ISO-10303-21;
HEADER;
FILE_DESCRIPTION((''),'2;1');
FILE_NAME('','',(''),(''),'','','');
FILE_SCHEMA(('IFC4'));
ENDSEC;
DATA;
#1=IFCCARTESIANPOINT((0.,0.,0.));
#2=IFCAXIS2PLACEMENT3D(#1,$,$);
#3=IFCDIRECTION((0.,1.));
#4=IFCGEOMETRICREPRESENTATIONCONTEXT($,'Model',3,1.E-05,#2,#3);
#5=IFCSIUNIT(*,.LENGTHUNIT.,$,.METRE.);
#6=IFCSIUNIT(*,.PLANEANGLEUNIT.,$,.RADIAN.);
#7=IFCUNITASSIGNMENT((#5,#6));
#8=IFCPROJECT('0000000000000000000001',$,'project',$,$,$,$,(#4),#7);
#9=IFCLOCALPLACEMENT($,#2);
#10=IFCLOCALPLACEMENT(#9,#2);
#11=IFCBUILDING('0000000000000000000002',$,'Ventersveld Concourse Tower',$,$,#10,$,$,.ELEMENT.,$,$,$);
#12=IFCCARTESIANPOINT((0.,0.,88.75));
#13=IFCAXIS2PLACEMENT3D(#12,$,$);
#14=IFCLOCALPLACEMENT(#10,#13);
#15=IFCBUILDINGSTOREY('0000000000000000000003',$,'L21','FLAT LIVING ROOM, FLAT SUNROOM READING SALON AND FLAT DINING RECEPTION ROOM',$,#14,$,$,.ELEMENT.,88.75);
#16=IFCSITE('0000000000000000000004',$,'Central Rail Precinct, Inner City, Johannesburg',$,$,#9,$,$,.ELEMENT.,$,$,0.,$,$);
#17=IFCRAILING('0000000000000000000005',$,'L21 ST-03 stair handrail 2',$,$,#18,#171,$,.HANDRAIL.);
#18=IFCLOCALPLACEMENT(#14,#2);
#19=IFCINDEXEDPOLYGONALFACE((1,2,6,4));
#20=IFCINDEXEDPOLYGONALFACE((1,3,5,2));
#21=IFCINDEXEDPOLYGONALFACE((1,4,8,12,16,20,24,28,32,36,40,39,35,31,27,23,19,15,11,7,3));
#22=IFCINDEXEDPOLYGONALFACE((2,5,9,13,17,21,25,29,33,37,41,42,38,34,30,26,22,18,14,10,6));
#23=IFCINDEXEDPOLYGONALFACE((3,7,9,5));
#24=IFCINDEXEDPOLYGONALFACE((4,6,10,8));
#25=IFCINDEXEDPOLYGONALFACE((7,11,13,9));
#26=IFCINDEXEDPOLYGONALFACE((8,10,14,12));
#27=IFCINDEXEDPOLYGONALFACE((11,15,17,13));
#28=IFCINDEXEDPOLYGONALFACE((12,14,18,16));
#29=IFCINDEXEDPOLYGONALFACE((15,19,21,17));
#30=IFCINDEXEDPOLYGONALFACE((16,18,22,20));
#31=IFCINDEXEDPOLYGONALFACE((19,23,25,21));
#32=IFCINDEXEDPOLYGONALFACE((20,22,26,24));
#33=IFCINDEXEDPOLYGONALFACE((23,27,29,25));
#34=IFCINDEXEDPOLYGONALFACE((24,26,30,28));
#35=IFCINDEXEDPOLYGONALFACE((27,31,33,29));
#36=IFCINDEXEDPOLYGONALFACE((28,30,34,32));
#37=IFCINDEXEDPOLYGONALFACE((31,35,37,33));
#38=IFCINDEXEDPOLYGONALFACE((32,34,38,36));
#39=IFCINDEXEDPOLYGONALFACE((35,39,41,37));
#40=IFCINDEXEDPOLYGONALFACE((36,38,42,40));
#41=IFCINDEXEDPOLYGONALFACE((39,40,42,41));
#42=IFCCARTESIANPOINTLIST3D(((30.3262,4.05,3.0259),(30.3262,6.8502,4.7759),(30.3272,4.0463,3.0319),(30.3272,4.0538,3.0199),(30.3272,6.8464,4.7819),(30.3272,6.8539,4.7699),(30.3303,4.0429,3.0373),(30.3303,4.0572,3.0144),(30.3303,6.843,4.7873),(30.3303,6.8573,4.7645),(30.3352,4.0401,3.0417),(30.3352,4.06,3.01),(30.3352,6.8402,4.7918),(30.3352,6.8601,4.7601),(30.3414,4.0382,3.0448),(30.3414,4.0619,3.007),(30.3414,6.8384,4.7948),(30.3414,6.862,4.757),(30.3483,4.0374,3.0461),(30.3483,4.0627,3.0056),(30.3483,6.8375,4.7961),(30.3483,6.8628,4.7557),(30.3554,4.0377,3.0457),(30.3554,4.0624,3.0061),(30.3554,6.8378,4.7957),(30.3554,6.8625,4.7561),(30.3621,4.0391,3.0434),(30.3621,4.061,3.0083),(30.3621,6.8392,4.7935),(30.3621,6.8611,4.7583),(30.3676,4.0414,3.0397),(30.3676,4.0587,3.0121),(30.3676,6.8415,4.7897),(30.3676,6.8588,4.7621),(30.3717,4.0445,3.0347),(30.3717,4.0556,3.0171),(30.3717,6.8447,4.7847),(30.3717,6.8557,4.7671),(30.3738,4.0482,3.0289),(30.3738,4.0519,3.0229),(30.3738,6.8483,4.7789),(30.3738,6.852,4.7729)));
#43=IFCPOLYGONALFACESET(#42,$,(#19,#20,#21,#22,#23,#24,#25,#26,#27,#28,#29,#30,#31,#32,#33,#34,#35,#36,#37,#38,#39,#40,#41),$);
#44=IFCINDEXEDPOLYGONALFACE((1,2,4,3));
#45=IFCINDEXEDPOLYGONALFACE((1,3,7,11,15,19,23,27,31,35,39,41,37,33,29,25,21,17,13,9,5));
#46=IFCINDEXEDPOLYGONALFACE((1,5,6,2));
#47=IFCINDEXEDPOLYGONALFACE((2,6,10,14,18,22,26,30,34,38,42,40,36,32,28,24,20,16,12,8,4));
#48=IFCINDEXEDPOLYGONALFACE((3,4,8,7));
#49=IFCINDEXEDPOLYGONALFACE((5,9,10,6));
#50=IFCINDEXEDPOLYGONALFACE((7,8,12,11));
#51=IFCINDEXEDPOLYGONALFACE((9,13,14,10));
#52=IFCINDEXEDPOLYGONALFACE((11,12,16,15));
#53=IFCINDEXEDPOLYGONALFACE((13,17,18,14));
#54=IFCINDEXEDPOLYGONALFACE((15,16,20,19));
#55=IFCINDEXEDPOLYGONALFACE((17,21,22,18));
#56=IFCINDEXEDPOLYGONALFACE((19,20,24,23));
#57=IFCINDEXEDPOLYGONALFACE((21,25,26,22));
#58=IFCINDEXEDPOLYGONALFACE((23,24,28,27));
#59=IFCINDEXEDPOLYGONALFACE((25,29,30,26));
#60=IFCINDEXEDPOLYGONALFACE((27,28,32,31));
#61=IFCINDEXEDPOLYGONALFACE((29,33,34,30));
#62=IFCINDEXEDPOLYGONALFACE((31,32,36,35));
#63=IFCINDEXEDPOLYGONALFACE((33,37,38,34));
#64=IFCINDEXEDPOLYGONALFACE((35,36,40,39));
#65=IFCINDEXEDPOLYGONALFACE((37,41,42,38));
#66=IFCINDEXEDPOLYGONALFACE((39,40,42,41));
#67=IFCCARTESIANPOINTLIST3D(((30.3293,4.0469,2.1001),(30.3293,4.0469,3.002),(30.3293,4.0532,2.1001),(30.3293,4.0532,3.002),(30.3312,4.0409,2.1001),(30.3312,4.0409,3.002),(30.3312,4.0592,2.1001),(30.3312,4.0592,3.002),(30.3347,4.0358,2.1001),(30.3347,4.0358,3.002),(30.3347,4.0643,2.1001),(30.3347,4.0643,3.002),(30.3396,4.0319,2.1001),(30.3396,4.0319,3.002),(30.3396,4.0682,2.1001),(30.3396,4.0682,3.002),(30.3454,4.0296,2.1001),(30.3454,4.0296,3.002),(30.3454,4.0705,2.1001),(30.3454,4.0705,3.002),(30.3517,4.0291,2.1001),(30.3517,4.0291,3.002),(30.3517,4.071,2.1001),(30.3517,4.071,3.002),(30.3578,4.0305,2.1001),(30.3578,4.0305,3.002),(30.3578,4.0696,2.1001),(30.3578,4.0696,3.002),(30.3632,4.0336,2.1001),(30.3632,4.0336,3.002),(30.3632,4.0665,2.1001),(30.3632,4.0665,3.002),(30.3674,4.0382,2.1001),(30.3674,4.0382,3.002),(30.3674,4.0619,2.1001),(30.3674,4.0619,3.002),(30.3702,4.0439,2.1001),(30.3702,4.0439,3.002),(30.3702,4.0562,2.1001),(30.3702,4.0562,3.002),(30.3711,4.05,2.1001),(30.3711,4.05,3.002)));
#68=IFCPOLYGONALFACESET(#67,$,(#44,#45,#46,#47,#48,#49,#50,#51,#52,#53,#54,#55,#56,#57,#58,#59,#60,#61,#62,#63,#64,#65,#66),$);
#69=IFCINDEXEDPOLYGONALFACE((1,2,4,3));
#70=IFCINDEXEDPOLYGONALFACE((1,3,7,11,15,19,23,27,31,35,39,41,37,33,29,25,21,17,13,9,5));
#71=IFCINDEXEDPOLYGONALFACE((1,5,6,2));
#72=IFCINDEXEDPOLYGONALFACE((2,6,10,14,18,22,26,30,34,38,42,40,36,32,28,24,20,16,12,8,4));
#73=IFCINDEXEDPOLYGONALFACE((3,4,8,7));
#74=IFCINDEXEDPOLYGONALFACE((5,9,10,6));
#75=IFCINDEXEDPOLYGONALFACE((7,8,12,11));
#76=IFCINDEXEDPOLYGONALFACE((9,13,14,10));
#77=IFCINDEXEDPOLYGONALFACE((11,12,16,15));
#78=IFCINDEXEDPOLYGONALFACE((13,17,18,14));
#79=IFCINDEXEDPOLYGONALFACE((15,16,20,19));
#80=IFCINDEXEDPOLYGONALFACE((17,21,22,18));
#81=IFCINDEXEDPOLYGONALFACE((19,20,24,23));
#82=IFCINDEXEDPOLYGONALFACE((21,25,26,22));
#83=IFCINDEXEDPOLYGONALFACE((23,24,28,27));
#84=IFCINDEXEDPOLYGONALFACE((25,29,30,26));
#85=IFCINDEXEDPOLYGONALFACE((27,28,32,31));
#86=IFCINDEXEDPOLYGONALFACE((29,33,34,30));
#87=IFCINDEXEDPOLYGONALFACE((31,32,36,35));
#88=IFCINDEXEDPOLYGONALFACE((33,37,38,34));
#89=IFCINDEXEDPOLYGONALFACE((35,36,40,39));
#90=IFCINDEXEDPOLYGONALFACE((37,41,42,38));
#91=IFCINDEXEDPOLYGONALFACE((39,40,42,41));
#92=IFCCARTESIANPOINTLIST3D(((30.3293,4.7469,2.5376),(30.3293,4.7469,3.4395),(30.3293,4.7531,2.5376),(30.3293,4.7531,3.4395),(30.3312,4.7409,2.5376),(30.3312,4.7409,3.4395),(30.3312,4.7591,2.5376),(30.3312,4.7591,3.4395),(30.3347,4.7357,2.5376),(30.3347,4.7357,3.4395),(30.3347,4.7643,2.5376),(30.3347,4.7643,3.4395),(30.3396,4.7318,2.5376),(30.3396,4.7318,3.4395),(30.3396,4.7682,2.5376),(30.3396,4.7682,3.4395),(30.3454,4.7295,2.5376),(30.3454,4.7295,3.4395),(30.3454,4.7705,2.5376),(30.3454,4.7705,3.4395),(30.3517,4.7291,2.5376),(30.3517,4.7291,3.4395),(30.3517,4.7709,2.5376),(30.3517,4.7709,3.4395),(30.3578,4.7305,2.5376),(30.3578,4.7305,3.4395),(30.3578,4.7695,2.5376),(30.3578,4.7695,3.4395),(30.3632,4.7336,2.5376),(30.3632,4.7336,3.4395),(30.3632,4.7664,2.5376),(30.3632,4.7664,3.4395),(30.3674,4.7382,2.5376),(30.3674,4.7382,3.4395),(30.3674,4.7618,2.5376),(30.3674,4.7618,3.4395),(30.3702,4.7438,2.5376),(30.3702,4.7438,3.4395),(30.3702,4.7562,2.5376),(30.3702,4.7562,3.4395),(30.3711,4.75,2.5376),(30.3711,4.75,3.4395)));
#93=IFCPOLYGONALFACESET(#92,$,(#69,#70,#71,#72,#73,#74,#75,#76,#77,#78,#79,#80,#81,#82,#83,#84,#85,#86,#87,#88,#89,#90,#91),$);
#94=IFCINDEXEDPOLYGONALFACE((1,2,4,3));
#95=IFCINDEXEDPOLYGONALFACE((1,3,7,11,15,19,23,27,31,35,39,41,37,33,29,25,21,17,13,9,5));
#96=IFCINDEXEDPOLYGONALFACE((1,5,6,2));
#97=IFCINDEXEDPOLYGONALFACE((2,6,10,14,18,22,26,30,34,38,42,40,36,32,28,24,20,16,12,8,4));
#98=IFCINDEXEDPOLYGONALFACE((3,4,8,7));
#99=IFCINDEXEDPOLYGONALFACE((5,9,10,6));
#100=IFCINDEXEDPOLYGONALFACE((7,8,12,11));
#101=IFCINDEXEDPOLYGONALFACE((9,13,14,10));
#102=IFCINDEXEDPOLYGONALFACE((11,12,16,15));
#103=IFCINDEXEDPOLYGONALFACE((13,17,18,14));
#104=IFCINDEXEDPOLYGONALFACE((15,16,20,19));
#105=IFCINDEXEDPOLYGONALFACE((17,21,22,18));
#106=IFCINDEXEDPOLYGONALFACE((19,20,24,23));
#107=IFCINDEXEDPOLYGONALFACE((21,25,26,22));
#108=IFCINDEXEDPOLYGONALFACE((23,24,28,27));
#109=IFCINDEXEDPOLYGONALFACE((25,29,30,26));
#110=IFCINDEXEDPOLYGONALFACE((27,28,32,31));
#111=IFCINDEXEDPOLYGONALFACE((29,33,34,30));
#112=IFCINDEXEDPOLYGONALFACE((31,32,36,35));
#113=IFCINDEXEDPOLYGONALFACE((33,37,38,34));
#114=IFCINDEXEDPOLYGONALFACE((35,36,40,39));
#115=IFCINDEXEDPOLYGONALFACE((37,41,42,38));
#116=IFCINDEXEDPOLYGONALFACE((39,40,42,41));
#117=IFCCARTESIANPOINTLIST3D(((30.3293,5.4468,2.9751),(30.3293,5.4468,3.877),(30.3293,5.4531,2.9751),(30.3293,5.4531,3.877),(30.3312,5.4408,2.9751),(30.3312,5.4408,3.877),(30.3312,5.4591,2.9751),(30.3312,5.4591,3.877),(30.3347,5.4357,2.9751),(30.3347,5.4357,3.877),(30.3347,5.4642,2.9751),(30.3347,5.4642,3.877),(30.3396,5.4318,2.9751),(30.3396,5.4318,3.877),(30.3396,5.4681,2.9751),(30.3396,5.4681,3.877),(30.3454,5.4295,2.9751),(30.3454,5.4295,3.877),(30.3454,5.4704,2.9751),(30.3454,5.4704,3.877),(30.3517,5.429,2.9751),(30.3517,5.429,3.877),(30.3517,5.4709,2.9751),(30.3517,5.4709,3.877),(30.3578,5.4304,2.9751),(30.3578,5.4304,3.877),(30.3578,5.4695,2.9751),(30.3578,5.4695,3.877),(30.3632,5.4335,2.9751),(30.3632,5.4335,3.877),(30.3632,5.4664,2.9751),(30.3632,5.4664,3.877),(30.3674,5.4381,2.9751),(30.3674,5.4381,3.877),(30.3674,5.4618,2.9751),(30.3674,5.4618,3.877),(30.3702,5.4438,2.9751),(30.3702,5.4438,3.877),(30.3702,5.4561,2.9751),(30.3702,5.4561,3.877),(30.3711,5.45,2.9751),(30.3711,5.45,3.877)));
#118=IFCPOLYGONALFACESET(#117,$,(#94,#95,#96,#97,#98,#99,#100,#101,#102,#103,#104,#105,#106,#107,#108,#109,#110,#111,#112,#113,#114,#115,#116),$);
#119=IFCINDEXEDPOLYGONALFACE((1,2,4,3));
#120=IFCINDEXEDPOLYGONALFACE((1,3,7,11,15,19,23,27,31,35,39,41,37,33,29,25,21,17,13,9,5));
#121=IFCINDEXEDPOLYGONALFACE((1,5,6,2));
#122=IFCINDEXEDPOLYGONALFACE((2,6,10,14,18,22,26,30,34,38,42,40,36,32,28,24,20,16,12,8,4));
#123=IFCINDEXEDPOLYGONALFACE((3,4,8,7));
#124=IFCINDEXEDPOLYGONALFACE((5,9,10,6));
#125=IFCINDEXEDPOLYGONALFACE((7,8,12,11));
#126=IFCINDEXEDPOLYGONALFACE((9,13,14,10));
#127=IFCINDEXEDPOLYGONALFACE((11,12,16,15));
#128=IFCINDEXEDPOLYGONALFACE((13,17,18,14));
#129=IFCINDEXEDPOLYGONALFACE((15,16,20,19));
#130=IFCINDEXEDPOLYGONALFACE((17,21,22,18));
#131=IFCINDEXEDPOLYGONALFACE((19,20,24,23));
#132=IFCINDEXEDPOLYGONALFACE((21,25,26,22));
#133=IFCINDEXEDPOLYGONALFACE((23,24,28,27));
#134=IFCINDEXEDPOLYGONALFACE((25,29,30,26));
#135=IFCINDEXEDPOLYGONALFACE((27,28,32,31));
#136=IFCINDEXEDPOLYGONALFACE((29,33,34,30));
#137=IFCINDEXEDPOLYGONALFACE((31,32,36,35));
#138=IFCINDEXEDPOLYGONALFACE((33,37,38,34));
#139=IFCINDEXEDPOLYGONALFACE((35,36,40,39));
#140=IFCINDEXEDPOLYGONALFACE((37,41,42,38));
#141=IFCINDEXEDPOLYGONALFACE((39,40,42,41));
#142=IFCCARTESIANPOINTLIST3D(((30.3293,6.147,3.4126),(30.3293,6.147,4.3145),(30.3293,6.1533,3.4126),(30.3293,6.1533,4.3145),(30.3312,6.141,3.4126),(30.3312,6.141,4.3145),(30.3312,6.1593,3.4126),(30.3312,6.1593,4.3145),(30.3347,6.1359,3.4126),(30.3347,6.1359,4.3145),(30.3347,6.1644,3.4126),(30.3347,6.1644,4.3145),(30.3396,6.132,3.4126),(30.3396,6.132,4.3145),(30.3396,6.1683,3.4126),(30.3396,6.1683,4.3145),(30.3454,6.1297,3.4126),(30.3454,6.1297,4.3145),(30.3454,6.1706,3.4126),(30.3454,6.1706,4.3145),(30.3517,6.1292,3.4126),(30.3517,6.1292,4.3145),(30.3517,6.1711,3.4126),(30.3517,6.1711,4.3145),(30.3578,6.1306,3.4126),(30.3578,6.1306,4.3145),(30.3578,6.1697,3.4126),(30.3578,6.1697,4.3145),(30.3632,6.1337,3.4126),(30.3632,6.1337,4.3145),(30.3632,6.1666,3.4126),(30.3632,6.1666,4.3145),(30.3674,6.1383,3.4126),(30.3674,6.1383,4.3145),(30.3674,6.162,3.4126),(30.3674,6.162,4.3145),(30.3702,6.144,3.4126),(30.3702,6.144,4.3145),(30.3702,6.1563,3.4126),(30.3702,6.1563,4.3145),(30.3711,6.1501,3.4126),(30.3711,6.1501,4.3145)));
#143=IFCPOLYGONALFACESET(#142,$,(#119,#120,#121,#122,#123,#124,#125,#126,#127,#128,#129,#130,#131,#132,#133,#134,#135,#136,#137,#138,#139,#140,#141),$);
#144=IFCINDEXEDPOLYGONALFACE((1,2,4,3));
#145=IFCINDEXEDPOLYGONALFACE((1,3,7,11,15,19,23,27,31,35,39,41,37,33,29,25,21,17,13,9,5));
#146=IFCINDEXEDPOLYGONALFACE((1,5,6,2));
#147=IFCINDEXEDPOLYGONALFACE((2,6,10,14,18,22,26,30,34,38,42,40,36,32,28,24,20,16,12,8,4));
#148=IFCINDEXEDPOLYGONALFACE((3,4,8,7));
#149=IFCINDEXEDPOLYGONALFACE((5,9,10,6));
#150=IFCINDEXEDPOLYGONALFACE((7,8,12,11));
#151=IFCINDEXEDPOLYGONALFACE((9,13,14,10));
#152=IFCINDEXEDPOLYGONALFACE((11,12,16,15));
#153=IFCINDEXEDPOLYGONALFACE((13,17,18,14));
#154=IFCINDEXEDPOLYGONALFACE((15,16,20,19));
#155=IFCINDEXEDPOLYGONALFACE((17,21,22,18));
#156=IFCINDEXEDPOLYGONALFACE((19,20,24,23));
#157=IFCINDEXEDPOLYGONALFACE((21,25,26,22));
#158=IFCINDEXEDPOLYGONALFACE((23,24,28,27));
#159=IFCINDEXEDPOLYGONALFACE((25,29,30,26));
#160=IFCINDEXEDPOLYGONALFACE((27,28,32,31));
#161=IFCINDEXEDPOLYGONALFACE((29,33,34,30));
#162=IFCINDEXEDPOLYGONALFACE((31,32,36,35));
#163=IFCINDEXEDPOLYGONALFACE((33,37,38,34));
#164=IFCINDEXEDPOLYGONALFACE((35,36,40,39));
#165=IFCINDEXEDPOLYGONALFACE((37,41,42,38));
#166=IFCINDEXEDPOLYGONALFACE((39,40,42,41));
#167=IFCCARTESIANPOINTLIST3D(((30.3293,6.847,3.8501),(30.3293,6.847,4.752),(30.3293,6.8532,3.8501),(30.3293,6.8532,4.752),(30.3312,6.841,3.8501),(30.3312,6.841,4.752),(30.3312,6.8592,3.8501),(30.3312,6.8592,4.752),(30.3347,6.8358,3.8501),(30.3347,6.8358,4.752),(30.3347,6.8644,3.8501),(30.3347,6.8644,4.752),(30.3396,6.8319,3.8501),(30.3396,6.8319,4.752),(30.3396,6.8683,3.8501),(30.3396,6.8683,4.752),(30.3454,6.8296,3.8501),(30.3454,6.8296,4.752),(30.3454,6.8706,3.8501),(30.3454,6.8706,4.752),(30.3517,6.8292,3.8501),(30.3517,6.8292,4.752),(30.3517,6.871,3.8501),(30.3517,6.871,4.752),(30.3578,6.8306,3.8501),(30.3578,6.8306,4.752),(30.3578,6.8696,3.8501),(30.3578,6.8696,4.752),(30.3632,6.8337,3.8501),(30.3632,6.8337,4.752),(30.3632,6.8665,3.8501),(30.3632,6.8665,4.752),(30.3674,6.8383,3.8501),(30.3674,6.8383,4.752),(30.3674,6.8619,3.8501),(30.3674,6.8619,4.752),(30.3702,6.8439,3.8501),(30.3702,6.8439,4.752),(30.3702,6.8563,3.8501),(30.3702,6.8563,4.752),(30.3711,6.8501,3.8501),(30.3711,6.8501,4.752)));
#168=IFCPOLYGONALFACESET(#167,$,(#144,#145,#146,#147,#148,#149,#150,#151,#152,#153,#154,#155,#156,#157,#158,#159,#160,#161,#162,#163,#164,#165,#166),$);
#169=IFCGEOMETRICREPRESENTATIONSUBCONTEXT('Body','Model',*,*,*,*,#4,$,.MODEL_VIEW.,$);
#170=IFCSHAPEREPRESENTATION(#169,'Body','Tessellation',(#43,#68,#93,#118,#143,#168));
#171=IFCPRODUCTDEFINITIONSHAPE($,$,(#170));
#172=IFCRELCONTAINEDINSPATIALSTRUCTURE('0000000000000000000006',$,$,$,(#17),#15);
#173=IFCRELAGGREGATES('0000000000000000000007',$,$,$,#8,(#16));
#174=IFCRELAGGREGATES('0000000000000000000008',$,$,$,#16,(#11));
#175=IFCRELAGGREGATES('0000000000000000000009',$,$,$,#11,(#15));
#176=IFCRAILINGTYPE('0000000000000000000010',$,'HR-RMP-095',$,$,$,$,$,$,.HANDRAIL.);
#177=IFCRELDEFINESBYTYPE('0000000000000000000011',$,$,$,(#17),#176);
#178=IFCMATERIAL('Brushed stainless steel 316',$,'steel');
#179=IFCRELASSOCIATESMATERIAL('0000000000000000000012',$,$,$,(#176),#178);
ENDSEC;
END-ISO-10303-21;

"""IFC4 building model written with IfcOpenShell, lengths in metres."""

from ifc_helpers import new_model, si_unit, direction, frame, origin, origin_2d, place, context, subcontext, project, spatial, circle, extrude, material, type_object, element, save


model = new_model("IFC4")

# Units and contexts
model_context = context("Model", 3, precision=1e-05, world=origin(), true_north=direction((0.0, 1.0)))
body_context = subcontext(model_context, "Body", "Model", "MODEL_VIEW")
ifc_project = project(units=[si_unit("LENGTHUNIT", "METRE"), si_unit("PLANEANGLEUNIT", "RADIAN")], contexts=[model_context])

# Site, building, storey
site_placement = place(None, origin())
site = spatial("IfcSite", under=ifc_project, at=site_placement, Name="Central Rail Precinct, Inner City, Johannesburg", CompositionType="ELEMENT", RefElevation=0.0)
building_placement = place(site_placement, origin())
building = spatial("IfcBuilding", under=site, at=building_placement, Name="Ventersveld Concourse Tower", CompositionType="ELEMENT")
storey_placement = place(building_placement, frame((0.0, 0.0, 88.75)))
storey = spatial("IfcBuildingStorey", under=building, at=storey_placement, Name="L21", Description="FLAT LIVING ROOM, FLAT SUNROOM READING SALON AND FLAT DINING RECEPTION ROOM", CompositionType="ELEMENT", Elevation=88.75)

# Railing
ifc_material_1 = material(Name="Brushed stainless steel 316", Category="steel")
railing_type_1 = type_object("IfcRailingType", Name="HR-RMP-095", PredefinedType="HANDRAIL", material=ifc_material_1)
railing_1_placement = place(storey_placement, frame((30.3501, 4.05, 2.1001)))
element("IfcRailing", 1, at=railing_1_placement, inside=storey, type_object=railing_type_1, Name="L21 ST-03 stair handrail 2", PredefinedType="HANDRAIL", context=body_context, shape_type="SweptSolid", body=[
    extrude(circle(Radius=0.0239, at=origin_2d()), frame((0.0, 0.0, 0.9258), z_axis=(0.0, 0.848002, 0.529992), x_axis=(-1.0, 0.0, 0.0)), (0.0, 0.0, 1.0), 3.302),
    extrude(circle(Radius=0.021, at=origin_2d()), origin(), (0.0, 0.0, 1.0), 0.9019),
    extrude(circle(Radius=0.021, at=origin_2d()), frame((0.0, 0.7, 0.4375)), (0.0, 0.0, 1.0), 0.9019),
    extrude(circle(Radius=0.021, at=origin_2d()), frame((0.0, 1.3999, 0.875)), (0.0, 0.0, 1.0), 0.9019),
    extrude(circle(Radius=0.021, at=origin_2d()), frame((0.0, 2.1001, 1.3125)), (0.0, 0.0, 1.0), 0.9019),
    extrude(circle(Radius=0.021, at=origin_2d()), frame((0.0, 2.8, 1.75)), (0.0, 0.0, 1.0), 0.9019),
])

save(model, "model.ifc")
